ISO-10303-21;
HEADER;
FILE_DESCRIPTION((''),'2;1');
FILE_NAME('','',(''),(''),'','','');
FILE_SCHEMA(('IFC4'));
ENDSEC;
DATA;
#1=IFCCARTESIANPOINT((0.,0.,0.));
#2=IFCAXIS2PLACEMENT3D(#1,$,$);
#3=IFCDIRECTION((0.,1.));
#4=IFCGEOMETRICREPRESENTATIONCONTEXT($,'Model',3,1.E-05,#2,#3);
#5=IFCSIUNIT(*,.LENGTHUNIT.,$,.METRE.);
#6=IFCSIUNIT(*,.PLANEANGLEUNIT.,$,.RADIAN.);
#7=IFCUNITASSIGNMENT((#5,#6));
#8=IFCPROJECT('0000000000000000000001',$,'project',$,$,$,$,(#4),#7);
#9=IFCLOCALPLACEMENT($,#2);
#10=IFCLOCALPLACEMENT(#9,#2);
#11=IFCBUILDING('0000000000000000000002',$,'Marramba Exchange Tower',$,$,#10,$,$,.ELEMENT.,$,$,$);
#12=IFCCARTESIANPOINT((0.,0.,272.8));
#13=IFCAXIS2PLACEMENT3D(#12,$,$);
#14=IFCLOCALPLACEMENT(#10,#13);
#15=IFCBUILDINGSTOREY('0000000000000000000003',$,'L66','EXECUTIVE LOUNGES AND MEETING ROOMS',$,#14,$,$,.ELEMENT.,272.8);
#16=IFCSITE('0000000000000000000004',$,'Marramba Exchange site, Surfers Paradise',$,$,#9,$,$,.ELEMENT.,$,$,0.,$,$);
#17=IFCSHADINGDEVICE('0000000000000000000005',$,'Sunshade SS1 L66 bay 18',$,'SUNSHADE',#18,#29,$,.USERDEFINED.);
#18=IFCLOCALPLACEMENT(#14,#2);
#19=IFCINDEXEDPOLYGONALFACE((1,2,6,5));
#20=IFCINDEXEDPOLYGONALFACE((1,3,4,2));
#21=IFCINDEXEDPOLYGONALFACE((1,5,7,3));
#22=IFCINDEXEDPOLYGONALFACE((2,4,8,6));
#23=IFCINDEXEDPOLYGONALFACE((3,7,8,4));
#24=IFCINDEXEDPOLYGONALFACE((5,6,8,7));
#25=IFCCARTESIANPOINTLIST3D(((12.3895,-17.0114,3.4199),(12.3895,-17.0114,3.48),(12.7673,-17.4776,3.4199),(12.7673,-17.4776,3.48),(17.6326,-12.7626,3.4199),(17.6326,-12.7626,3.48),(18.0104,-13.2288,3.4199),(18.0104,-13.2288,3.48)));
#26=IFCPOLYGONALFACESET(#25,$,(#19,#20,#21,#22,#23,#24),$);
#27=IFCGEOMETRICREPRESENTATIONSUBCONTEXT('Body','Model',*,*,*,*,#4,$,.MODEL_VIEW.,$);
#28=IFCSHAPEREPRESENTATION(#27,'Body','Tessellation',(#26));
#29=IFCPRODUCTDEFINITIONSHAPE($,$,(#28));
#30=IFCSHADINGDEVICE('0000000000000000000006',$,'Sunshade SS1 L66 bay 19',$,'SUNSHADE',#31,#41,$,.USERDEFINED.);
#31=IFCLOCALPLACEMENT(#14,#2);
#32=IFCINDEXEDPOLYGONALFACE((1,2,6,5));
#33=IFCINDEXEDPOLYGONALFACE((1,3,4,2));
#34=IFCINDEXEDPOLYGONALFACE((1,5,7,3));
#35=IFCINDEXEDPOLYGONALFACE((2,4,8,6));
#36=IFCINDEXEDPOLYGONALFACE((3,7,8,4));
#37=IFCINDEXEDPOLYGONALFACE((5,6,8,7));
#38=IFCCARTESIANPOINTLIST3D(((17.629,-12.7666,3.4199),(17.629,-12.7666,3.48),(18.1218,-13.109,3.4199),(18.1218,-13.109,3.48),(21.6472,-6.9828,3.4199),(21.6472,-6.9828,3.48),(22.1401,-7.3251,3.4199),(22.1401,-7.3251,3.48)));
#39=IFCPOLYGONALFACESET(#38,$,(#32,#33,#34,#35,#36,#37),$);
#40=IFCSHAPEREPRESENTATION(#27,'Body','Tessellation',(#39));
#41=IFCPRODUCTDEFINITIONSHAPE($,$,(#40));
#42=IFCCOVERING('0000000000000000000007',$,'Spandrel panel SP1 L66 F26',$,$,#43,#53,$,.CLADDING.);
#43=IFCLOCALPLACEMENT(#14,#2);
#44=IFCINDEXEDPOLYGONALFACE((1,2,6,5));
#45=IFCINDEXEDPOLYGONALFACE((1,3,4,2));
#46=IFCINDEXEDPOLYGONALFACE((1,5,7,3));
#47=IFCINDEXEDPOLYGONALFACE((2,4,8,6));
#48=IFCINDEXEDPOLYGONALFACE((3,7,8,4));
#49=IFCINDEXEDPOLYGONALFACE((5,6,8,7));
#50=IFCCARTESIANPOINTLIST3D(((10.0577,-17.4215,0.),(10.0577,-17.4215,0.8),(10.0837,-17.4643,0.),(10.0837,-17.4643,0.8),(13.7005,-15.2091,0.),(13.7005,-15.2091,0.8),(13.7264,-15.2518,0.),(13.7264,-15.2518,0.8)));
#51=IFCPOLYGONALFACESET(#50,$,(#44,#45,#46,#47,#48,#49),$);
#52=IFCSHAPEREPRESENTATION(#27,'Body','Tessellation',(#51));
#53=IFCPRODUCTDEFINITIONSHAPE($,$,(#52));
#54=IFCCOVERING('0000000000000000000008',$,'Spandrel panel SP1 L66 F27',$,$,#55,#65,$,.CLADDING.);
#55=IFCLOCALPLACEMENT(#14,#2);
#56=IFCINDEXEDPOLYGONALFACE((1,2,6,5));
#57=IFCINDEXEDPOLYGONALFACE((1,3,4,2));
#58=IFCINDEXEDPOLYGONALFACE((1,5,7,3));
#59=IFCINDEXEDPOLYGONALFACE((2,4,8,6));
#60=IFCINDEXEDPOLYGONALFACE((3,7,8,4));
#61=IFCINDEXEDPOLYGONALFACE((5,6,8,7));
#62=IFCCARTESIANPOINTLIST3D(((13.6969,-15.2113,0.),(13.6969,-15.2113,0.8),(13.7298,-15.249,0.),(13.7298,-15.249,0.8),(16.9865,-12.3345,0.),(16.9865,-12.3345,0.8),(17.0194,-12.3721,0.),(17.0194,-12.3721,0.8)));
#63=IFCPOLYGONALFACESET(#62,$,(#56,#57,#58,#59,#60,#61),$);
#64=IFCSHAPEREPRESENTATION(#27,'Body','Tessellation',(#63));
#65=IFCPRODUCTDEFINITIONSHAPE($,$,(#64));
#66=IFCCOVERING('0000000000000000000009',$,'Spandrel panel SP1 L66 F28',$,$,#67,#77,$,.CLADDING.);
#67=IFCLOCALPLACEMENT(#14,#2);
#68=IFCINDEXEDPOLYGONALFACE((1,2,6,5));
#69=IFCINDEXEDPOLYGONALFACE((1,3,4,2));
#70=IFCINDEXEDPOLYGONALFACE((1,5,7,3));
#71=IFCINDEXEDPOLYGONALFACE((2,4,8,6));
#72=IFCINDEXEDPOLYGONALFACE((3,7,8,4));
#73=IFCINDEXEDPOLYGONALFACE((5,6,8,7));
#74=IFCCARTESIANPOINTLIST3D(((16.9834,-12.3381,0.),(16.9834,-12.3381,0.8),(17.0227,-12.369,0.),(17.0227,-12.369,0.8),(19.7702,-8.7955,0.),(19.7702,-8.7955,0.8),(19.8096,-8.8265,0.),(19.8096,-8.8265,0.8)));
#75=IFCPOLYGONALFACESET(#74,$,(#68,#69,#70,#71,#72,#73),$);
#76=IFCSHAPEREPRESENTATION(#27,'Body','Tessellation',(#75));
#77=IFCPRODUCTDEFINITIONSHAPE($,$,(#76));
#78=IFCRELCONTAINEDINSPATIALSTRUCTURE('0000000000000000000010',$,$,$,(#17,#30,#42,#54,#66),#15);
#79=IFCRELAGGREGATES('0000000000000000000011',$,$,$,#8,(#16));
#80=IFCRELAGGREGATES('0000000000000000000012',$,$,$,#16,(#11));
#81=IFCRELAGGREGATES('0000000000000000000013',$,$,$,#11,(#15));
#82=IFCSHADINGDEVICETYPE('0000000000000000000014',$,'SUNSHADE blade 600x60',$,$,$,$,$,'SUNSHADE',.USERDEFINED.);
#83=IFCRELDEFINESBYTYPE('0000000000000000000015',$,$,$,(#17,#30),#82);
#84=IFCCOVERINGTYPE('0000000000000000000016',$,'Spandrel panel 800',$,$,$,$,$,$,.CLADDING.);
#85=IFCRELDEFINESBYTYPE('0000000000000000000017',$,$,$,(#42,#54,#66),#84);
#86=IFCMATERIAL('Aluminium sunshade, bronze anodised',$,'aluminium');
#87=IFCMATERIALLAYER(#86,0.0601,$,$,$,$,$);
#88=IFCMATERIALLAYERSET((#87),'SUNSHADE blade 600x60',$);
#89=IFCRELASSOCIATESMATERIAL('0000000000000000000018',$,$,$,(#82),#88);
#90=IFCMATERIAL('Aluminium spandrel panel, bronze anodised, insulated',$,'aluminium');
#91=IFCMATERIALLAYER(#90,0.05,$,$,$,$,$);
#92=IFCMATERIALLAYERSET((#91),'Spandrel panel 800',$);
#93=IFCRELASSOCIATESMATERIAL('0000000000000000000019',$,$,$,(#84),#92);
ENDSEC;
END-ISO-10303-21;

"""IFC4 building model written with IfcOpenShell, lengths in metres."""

from ifc_helpers import new_model, si_unit, direction, frame, origin, origin_2d, place, context, subcontext, project, spatial, rectangle, extrude, material, layer, layer_set, type_object, element, save


model = new_model("IFC4")

# Units and contexts
model_context = context("Model", 3, precision=1e-05, world=origin(), true_north=direction((0.0, 1.0)))
body_context = subcontext(model_context, "Body", "Model", "MODEL_VIEW")
ifc_project = project(units=[si_unit("LENGTHUNIT", "METRE"), si_unit("PLANEANGLEUNIT", "RADIAN")], contexts=[model_context])

# Site, building, storey
site_placement = place(None, origin())
site = spatial("IfcSite", under=ifc_project, at=site_placement, Name="Marramba Exchange site, Surfers Paradise", CompositionType="ELEMENT", RefElevation=0.0)
building_placement = place(site_placement, origin())
building = spatial("IfcBuilding", under=site, at=building_placement, Name="Marramba Exchange Tower", CompositionType="ELEMENT")
storey_placement = place(building_placement, frame((0.0, 0.0, 272.8)))
storey = spatial("IfcBuildingStorey", under=building, at=storey_placement, Name="L66", Description="EXECUTIVE LOUNGES AND MEETING ROOMS", CompositionType="ELEMENT", Elevation=272.8)

# Shading devices
ifc_material_1 = material(Name="Aluminium sunshade, bronze anodised", Category="aluminium")
ifc_layer_1 = layer(ifc_material_1, 0.0601)
ifc_layer_set_1 = layer_set([ifc_layer_1], Name="SUNSHADE blade 600x60")
shading_device_type_1 = type_object("IfcShadingDeviceType", Name="SUNSHADE blade 600x60", ElementType="SUNSHADE", PredefinedType="USERDEFINED", material=ifc_layer_set_1)
shading_device_1_placement = place(storey_placement, frame((15.2, -15.1201, 3.4199), z_axis=(0.0, 0.0, 1.0), x_axis=(0.776928, 0.62959, 0.0)))
element("IfcShadingDevice", 1, at=shading_device_1_placement, inside=storey, type_object=shading_device_type_1, Name="Sunshade SS1 L66 bay 18", ObjectType="SUNSHADE", PredefinedType="USERDEFINED", context=body_context, shape_type="SweptSolid", body=[
    extrude(rectangle(XDim=6.7485, YDim=0.6001, at=origin_2d()), origin(), (0.0, 0.0, 1.0), 0.0601),
])
shading_device_2_placement = place(storey_placement, frame((19.8845, -10.0459, 3.4199), z_axis=(0.0, 0.0, 1.0), x_axis=(0.570558, 0.821257, 0.0)))
element("IfcShadingDevice", 2, at=shading_device_2_placement, inside=storey, type_object=shading_device_type_1, Name="Sunshade SS1 L66 bay 19", ObjectType="SUNSHADE", PredefinedType="USERDEFINED", context=body_context, shape_type="SweptSolid", body=[
    extrude(rectangle(XDim=7.0427, YDim=0.6001, at=origin_2d()), origin(), (0.0, 0.0, 1.0), 0.0601),
])

# Coverings
ifc_material_2 = material(Name="Aluminium spandrel panel, bronze anodised, insulated", Category="aluminium")
ifc_layer_2 = layer(ifc_material_2, 0.05)
ifc_layer_set_2 = layer_set([ifc_layer_2], Name="Spandrel panel 800")
covering_type = type_object("IfcCoveringType", Name="Spandrel panel 800", PredefinedType="CLADDING", material=ifc_layer_set_2)
covering_1_placement = place(storey_placement, frame((11.8921, -16.3367, 0.0), z_axis=(0.0, 0.0, 1.0), x_axis=(0.854704, 0.519115, 0.0)))
element("IfcCovering", 3, at=covering_1_placement, inside=storey, type_object=covering_type, Name="Spandrel panel SP1 L66 F26", PredefinedType="CLADDING", context=body_context, shape_type="SweptSolid", body=[
    extrude(rectangle(XDim=4.262, YDim=0.05, at=origin_2d()), origin(), (0.0, 0.0, 1.0), 0.8),
])
covering_2_placement = place(storey_placement, frame((15.3582, -13.7917, 0.0), z_axis=(0.0, 0.0, 1.0), x_axis=(0.752751, 0.658305, 0.0)))
element("IfcCovering", 4, at=covering_2_placement, inside=storey, type_object=covering_type, Name="Spandrel panel SP1 L66 F27", PredefinedType="CLADDING", context=body_context, shape_type="SweptSolid", body=[
    extrude(rectangle(XDim=4.3701, YDim=0.05, at=origin_2d()), origin(), (0.0, 0.0, 1.0), 0.8),
])
covering_3_placement = place(storey_placement, frame((18.3965, -10.5823, 0.0), z_axis=(0.0, 0.0, 1.0), x_axis=(0.618291, 0.78595, 0.0)))
element("IfcCovering", 5, at=covering_3_placement, inside=storey, type_object=covering_type, Name="Spandrel panel SP1 L66 F28", PredefinedType="CLADDING", context=body_context, shape_type="SweptSolid", body=[
    extrude(rectangle(XDim=4.5073, YDim=0.05, at=origin_2d()), origin(), (0.0, 0.0, 1.0), 0.8),
])

save(model, "model.ifc")
